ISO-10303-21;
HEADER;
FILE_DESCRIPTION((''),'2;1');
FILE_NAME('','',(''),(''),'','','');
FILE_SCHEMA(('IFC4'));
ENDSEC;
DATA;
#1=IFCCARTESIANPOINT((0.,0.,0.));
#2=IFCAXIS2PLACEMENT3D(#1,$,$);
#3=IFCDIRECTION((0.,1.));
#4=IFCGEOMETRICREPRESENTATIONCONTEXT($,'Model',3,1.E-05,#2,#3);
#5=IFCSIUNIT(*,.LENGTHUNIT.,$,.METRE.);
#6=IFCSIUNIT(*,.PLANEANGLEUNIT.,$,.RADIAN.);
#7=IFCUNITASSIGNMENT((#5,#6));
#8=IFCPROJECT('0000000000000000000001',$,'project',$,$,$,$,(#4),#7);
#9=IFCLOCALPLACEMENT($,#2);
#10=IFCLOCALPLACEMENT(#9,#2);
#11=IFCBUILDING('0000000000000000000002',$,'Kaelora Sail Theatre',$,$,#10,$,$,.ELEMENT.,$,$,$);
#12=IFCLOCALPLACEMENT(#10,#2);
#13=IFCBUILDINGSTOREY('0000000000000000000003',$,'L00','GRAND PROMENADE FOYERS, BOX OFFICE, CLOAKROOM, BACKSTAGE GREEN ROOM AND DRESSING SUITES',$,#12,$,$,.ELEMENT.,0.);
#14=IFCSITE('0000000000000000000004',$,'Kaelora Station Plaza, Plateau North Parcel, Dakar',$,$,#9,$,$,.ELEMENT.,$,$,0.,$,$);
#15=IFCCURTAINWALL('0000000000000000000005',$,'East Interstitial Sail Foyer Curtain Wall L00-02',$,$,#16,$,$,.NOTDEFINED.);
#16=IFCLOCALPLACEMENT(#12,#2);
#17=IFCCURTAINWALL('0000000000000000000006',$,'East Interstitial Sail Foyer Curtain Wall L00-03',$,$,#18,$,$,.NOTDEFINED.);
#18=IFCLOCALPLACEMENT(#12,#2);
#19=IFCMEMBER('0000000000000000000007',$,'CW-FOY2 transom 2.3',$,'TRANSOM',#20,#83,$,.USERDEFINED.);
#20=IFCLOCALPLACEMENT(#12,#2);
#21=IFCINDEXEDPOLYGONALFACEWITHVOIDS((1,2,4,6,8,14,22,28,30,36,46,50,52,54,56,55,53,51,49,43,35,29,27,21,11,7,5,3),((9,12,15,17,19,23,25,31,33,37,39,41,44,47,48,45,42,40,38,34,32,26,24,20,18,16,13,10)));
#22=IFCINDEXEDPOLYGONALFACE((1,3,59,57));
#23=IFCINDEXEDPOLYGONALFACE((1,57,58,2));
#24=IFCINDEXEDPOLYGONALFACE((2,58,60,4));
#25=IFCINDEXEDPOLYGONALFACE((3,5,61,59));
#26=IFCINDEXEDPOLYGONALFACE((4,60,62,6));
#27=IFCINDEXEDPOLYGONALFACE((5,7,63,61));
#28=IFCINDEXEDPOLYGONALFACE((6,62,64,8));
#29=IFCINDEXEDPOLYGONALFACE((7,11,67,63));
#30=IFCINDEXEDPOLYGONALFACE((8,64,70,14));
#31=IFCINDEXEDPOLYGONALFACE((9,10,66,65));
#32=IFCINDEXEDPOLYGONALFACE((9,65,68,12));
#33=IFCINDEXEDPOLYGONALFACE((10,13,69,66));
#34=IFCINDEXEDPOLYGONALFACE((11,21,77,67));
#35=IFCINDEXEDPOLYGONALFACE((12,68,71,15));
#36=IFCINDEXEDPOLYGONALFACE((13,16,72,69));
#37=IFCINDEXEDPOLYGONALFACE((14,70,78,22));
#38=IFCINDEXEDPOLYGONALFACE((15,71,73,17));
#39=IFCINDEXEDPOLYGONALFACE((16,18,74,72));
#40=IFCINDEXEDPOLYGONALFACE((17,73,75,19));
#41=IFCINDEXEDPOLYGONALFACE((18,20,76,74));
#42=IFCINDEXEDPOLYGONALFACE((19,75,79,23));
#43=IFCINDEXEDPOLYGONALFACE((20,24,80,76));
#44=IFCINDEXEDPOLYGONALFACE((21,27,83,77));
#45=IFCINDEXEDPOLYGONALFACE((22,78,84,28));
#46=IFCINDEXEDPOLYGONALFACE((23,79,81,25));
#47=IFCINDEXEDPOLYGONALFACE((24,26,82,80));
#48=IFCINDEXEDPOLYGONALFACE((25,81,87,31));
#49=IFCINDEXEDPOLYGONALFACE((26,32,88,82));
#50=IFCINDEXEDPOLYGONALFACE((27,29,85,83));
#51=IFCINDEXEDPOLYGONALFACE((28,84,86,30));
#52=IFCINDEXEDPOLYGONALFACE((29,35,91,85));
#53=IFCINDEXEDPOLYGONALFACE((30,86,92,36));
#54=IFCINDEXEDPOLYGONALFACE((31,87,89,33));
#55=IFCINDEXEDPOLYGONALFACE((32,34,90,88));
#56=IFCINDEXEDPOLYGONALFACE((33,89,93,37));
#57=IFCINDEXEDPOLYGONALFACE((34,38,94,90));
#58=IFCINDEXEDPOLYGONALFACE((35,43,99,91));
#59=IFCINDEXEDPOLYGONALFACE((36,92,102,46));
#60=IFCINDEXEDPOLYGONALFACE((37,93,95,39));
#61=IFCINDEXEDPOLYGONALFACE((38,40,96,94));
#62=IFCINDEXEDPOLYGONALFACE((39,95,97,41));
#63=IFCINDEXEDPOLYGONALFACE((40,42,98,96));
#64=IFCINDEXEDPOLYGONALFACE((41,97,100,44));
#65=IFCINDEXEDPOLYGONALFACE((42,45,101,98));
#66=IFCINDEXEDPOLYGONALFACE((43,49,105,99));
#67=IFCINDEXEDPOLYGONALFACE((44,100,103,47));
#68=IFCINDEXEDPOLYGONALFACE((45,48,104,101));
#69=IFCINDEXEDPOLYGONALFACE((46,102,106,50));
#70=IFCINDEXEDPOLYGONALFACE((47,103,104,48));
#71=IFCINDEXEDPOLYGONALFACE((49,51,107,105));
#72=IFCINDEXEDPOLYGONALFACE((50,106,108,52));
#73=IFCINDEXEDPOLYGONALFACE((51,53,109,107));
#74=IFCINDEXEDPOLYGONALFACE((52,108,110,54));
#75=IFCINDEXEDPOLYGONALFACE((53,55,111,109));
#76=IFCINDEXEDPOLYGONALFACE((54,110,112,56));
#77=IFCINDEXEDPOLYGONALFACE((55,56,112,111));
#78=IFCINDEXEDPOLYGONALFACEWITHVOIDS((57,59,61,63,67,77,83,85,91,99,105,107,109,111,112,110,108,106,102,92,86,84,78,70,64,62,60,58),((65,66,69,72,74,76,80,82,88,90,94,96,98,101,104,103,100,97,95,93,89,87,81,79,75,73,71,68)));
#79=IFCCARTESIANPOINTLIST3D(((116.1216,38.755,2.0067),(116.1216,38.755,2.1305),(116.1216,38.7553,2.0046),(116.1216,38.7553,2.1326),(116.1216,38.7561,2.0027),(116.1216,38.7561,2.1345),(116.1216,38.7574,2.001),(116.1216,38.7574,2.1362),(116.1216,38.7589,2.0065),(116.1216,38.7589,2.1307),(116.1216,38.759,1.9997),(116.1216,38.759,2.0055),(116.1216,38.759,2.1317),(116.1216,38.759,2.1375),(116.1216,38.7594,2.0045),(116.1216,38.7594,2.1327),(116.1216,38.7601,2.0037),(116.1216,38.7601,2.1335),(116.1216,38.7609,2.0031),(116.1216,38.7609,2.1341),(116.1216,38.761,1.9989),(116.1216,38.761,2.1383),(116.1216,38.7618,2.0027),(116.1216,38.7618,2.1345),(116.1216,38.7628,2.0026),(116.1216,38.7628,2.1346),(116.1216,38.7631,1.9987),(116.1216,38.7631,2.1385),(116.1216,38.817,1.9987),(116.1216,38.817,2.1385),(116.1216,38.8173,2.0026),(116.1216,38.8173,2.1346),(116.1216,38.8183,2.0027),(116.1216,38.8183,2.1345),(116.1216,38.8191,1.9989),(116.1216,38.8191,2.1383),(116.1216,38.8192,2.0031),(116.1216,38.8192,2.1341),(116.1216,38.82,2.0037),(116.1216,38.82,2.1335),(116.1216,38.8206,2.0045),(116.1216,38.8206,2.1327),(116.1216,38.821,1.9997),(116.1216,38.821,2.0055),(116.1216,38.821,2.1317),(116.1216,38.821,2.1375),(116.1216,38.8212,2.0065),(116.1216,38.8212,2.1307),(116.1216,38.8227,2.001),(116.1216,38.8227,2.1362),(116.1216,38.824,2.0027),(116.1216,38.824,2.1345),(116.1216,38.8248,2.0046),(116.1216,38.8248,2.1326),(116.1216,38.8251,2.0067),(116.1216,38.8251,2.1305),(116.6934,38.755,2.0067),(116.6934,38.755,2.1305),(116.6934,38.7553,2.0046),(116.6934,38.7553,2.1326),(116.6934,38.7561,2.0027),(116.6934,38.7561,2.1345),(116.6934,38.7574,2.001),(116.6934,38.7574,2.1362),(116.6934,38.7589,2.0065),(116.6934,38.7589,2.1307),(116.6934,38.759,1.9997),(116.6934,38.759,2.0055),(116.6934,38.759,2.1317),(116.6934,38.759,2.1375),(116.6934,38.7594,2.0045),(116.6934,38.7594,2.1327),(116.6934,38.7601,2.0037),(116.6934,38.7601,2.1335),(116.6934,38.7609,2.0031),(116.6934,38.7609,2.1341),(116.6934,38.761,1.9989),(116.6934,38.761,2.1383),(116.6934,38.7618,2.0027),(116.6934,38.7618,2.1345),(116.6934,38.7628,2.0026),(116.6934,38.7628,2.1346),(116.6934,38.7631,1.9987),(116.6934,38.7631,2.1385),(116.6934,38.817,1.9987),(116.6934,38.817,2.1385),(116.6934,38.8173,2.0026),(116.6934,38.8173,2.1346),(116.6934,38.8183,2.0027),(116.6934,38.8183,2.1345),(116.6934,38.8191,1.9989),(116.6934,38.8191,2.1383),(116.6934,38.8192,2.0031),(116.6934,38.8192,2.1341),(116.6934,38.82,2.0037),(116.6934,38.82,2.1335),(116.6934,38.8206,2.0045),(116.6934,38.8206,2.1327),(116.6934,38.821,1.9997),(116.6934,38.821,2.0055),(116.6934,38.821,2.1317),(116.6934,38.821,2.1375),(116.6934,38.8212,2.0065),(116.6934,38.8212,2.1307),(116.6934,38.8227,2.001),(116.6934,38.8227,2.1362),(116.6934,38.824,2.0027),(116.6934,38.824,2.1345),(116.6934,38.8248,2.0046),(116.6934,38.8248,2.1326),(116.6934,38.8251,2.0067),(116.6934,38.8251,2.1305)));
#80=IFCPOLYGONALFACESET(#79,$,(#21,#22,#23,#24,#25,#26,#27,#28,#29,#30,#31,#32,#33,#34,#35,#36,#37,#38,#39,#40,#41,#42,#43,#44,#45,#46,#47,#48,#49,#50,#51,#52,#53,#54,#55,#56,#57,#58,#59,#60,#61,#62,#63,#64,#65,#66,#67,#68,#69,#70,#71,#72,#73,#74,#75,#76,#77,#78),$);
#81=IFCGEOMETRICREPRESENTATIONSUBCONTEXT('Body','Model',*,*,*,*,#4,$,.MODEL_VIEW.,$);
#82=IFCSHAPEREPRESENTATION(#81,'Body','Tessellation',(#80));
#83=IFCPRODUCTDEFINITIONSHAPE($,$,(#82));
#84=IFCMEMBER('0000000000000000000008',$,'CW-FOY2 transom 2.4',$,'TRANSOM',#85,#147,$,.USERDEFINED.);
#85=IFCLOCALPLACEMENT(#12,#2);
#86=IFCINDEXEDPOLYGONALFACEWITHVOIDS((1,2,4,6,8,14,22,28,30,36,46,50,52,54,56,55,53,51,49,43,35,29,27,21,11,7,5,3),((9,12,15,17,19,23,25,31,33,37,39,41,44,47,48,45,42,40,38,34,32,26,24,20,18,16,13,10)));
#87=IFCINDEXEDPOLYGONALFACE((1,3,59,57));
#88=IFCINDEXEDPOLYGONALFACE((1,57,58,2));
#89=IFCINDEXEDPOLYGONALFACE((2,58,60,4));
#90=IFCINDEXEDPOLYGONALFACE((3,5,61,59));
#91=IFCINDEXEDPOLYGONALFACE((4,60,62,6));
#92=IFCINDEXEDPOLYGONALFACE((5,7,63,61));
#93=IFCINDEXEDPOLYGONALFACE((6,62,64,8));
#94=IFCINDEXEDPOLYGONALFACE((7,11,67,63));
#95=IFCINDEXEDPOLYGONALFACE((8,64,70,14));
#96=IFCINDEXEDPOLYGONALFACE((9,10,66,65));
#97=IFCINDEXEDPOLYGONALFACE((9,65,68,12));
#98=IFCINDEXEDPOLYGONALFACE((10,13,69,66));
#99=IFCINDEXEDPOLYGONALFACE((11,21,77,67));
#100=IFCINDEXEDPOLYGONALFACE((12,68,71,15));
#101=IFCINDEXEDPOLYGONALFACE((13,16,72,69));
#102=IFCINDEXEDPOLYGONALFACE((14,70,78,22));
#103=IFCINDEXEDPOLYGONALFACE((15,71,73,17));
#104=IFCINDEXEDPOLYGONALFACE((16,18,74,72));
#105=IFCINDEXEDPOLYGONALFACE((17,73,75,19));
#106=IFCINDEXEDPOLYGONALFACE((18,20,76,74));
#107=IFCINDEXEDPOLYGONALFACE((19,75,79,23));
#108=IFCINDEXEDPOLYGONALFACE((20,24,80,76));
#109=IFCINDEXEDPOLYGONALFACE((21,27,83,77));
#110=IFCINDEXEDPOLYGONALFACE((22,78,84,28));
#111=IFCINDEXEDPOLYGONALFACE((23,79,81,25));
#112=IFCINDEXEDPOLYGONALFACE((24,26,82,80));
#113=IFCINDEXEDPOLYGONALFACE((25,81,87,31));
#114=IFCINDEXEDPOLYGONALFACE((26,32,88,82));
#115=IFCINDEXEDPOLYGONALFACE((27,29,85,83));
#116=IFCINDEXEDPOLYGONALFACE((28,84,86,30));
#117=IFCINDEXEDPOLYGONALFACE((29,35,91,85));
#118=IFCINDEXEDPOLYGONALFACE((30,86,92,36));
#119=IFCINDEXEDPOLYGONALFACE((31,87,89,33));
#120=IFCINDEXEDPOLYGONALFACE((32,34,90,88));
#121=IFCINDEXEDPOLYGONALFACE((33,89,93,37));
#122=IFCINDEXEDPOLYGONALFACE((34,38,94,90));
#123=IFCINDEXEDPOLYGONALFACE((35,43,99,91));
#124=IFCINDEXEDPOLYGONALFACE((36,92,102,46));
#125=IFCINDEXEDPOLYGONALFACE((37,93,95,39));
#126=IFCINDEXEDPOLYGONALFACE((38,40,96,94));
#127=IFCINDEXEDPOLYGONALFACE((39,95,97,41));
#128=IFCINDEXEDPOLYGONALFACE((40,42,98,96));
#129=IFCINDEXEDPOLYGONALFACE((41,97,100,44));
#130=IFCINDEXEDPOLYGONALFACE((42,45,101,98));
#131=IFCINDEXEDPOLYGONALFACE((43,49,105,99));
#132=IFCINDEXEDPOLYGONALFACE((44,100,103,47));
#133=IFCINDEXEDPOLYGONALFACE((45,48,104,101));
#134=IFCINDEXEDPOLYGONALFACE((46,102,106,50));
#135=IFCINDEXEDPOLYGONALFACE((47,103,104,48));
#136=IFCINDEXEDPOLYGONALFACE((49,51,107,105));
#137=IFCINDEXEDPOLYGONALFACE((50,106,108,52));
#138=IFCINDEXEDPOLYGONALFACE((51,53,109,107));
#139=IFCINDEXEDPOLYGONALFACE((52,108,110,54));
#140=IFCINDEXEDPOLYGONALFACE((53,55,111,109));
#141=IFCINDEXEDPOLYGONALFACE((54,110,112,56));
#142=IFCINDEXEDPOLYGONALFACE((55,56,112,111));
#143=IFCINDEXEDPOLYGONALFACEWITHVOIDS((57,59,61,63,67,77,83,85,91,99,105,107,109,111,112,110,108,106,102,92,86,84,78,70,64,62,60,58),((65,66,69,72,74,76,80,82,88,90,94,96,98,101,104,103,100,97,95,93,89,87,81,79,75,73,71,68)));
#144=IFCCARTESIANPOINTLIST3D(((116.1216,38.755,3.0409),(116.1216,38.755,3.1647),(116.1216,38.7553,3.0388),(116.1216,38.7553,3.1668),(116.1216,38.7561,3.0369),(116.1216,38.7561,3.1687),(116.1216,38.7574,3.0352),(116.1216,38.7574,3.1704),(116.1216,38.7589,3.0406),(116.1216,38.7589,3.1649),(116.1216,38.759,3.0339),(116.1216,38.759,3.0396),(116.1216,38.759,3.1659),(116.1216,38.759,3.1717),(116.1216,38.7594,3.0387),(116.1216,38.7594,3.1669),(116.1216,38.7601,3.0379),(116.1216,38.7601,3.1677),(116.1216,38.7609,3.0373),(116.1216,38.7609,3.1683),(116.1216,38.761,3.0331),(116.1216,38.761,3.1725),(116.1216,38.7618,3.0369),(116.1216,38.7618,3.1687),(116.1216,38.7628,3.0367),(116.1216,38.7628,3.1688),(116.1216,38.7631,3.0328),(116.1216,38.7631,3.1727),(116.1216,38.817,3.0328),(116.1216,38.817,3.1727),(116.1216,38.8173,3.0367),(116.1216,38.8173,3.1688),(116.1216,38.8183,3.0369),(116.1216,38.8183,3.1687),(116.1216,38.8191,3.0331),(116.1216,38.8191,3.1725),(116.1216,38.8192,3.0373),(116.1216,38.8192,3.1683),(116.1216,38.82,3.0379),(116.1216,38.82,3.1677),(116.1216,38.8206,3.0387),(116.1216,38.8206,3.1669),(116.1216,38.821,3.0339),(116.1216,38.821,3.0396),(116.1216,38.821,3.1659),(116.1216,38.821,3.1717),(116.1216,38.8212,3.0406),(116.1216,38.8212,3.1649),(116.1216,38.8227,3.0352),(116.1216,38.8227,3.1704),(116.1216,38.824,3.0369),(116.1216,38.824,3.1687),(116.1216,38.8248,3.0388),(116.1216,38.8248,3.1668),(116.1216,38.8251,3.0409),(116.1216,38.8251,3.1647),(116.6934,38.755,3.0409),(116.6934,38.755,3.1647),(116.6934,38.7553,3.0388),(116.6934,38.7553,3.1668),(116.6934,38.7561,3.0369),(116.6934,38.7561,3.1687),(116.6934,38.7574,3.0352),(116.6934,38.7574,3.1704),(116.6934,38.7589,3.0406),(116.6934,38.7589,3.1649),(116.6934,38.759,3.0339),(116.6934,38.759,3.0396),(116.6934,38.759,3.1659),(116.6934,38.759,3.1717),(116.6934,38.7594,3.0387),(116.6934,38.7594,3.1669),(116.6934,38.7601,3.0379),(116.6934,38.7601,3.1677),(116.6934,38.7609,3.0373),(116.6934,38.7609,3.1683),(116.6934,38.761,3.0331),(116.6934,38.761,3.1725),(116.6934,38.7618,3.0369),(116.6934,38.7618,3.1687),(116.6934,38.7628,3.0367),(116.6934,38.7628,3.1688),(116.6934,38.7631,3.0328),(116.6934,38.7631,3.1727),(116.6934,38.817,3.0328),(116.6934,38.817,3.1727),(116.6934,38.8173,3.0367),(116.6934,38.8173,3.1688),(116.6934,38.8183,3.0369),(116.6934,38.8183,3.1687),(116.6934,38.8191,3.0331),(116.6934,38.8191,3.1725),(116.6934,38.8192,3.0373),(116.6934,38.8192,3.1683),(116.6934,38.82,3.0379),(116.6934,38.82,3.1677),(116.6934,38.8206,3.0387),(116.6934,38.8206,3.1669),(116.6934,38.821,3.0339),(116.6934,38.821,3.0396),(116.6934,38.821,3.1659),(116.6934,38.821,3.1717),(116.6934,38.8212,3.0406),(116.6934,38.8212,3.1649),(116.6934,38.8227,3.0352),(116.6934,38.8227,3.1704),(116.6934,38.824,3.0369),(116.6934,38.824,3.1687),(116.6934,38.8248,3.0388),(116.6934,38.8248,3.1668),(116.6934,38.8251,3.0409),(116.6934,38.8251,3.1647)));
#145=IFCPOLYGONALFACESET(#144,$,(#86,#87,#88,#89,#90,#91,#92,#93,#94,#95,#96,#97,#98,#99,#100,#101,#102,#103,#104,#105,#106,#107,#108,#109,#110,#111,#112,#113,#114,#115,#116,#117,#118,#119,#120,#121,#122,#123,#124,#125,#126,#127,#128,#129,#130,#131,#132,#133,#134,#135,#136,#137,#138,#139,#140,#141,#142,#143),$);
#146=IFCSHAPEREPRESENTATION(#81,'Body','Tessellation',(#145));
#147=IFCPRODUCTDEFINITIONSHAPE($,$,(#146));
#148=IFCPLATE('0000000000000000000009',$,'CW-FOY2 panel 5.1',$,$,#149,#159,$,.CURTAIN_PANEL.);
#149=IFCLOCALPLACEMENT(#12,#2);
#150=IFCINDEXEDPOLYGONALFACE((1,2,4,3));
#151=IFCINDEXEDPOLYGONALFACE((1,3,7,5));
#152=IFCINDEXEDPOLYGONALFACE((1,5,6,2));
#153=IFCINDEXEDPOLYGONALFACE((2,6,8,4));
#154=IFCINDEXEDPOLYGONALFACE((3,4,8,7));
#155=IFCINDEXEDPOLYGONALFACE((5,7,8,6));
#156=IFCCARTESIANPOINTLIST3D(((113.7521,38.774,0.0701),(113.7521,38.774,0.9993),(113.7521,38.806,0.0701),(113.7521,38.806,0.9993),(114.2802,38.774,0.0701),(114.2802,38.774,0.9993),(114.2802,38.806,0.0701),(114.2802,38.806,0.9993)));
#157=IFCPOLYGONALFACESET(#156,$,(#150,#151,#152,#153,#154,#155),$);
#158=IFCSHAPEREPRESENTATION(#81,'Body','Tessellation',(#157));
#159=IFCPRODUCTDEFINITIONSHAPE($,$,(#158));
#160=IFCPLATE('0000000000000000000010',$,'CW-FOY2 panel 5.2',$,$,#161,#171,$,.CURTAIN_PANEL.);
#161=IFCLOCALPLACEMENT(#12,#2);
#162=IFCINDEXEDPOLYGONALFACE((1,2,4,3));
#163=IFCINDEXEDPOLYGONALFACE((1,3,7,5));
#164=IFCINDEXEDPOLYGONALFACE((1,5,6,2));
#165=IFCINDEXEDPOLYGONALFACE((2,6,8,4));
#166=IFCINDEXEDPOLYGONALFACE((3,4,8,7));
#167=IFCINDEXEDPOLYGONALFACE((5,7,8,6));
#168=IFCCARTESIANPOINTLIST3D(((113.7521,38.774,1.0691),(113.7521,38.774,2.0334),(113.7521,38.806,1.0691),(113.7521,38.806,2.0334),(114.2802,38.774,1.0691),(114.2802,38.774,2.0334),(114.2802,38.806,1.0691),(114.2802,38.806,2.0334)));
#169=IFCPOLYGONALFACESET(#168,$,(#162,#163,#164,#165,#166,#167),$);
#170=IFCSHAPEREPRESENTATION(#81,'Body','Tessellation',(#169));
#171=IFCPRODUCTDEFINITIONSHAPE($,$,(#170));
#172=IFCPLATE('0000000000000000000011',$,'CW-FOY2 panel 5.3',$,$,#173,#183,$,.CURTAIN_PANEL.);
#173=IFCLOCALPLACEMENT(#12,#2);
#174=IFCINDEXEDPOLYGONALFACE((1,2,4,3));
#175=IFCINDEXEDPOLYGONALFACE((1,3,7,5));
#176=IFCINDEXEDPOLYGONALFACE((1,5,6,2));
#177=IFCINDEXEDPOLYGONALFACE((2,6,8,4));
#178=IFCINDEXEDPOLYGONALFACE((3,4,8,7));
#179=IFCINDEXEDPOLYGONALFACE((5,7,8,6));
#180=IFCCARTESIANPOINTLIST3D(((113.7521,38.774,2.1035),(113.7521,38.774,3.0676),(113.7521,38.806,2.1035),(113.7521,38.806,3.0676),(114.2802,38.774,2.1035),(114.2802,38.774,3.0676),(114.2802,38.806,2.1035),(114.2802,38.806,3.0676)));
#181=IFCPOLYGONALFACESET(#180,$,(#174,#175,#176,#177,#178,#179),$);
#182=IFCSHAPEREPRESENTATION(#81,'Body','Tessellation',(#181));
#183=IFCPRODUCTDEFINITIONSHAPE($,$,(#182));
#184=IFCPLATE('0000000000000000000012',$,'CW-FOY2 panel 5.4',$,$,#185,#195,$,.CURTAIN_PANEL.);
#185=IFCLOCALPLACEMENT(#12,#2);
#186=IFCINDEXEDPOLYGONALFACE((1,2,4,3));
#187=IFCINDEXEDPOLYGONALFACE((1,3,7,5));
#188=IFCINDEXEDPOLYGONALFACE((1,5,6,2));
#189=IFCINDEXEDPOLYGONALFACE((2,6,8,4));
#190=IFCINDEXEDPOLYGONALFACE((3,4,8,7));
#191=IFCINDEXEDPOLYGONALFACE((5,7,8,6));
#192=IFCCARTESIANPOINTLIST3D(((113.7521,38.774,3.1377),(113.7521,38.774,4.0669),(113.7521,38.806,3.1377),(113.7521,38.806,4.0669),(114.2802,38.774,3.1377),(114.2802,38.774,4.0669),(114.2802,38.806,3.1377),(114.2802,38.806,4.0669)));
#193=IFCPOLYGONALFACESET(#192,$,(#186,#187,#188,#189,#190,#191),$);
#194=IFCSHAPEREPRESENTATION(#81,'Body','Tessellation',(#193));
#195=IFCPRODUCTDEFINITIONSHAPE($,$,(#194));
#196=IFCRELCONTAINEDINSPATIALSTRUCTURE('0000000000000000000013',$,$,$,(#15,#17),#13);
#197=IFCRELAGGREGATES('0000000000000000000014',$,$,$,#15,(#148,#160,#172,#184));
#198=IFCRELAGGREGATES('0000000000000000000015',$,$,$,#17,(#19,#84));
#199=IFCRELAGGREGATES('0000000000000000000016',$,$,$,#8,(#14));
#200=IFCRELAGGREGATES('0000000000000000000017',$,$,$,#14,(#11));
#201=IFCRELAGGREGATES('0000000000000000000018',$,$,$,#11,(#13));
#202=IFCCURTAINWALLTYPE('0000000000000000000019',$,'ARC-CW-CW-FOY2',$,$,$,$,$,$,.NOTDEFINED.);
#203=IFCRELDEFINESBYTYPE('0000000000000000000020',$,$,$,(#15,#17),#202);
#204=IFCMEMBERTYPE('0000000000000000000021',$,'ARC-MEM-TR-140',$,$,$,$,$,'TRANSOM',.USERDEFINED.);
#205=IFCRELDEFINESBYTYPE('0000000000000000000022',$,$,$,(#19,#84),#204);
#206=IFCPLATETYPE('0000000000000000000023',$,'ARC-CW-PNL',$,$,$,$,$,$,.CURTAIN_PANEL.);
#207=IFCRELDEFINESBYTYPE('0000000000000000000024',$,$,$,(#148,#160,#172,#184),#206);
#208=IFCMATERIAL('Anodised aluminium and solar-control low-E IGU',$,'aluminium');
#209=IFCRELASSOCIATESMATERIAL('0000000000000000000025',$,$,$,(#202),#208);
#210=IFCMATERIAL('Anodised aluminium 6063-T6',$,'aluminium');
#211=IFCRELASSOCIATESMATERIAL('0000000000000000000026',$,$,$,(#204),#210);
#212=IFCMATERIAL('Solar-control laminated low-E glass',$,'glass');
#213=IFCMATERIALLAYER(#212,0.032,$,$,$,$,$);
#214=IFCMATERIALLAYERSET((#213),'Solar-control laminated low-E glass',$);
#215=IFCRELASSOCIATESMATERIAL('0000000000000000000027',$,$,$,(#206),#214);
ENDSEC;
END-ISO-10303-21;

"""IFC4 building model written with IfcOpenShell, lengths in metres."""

from ifc_helpers import new_model, si_unit, direction, frame, origin, origin_2d, place, context, subcontext, project, spatial, rectangle, hollow_rectangle, extrude, material, layer, layer_set, material_profile, profile_set, type_object, element, aggregate, save


model = new_model("IFC4")

# Units and contexts
model_context = context("Model", 3, precision=1e-05, world=origin(), true_north=direction((0.0, 1.0)))
body_context = subcontext(model_context, "Body", "Model", "MODEL_VIEW")
ifc_project = project(units=[si_unit("LENGTHUNIT", "METRE"), si_unit("PLANEANGLEUNIT", "RADIAN")], contexts=[model_context])

# Site, building, storey
site_placement = place(None, origin())
site = spatial("IfcSite", under=ifc_project, at=site_placement, Name="Kaelora Station Plaza, Plateau North Parcel, Dakar", CompositionType="ELEMENT", RefElevation=0.0)
building_placement = place(site_placement, origin())
building = spatial("IfcBuilding", under=site, at=building_placement, Name="Kaelora Sail Theatre", CompositionType="ELEMENT")
storey_placement = place(building_placement, origin())
storey = spatial("IfcBuildingStorey", under=building, at=storey_placement, Name="L00", Description="GRAND PROMENADE FOYERS, BOX OFFICE, CLOAKROOM, BACKSTAGE GREEN ROOM AND DRESSING SUITES", CompositionType="ELEMENT", Elevation=0.0)

# Curtain wall
ifc_material_1 = material(Name="Anodised aluminium and solar-control low-E IGU", Category="aluminium")
curtain_wall_type = type_object("IfcCurtainWallType", Name="ARC-CW-CW-FOY2", PredefinedType="NOTDEFINED", material=ifc_material_1)
curtain_wall_1_placement = place(storey_placement, origin())
curtain_wall_1 = element("IfcCurtainWall", 1, at=curtain_wall_1_placement, inside=storey, type_object=curtain_wall_type, Name="East Interstitial Sail Foyer Curtain Wall L00-02", PredefinedType="NOTDEFINED")

# Curtain wall, members
curtain_wall_2_placement = place(storey_placement, origin())
curtain_wall_2 = element("IfcCurtainWall", 2, at=curtain_wall_2_placement, inside=storey, type_object=curtain_wall_type, Name="East Interstitial Sail Foyer Curtain Wall L00-03", PredefinedType="NOTDEFINED")
ifc_material_2 = material(Name="Anodised aluminium 6063-T6", Category="aluminium")
ifc_material_profile_1 = material_profile(ifc_material_2, hollow_rectangle(XDim=0.0701, YDim=0.1399, WallThickness=0.0039, InnerFilletRadius=0.0039, OuterFilletRadius=0.0081, at=origin_2d()), Name="ALU-TRAN 70x140x4")
ifc_profile_set_1 = profile_set([ifc_material_profile_1], Name="Anodised aluminium 6063-T6")
member_type_1 = type_object("IfcMemberType", Name="ARC-MEM-TR-140", ElementType="TRANSOM", PredefinedType="USERDEFINED", material=ifc_profile_set_1)
member_1_placement = place(storey_placement, frame((116.1216, 38.79, 2.0686), z_axis=(1.0, 0.0, 0.0), x_axis=(0.0, 1.0, 0.0)))
member_1 = element("IfcMember", 3, at=member_1_placement, type_object=member_type_1, Name="CW-FOY2 transom 2.3", ObjectType="TRANSOM", PredefinedType="USERDEFINED", context=body_context, shape_type="SweptSolid", body=[
    extrude(hollow_rectangle(XDim=0.0701, YDim=0.1399, WallThickness=0.0039, InnerFilletRadius=0.0039, OuterFilletRadius=0.0081, at=origin_2d()), origin(), (0.0, 0.0, 1.0), 0.5718),
])
member_2_placement = place(storey_placement, frame((116.1216, 38.79, 3.1028), z_axis=(1.0, 0.0, 0.0), x_axis=(0.0, 1.0, 0.0)))
member_2 = element("IfcMember", 4, at=member_2_placement, type_object=member_type_1, Name="CW-FOY2 transom 2.4", ObjectType="TRANSOM", PredefinedType="USERDEFINED", context=body_context, shape_type="SweptSolid", body=[
    extrude(hollow_rectangle(XDim=0.0701, YDim=0.1399, WallThickness=0.0039, InnerFilletRadius=0.0039, OuterFilletRadius=0.0081, at=origin_2d()), origin(), (0.0, 0.0, 1.0), 0.5718),
])

# Plates
ifc_material_3 = material(Name="Solar-control laminated low-E glass", Category="glass")
ifc_layer = layer(ifc_material_3, 0.032)
ifc_layer_set = layer_set([ifc_layer], Name="Solar-control laminated low-E glass")
plate_type = type_object("IfcPlateType", Name="ARC-CW-PNL", PredefinedType="CURTAIN_PANEL", material=ifc_layer_set)
plate_1_placement = place(storey_placement, frame((114.0161, 38.79, 0.0701), z_axis=(0.0, 0.0, 1.0), x_axis=(1.0, 0.0, 0.0)))
plate_1 = element("IfcPlate", 5, at=plate_1_placement, type_object=plate_type, Name="CW-FOY2 panel 5.1", PredefinedType="CURTAIN_PANEL", context=body_context, shape_type="SweptSolid", body=[
    extrude(rectangle(XDim=0.5281, YDim=0.032, at=origin_2d()), origin(), (0.0, 0.0, 1.0), 0.9292),
])
plate_2_placement = place(storey_placement, frame((114.0161, 38.79, 1.0691), z_axis=(0.0, 0.0, 1.0), x_axis=(1.0, 0.0, 0.0)))
plate_2 = element("IfcPlate", 6, at=plate_2_placement, type_object=plate_type, Name="CW-FOY2 panel 5.2", PredefinedType="CURTAIN_PANEL", context=body_context, shape_type="SweptSolid", body=[
    extrude(rectangle(XDim=0.5281, YDim=0.032, at=origin_2d()), origin(), (0.0, 0.0, 1.0), 0.9644),
])
plate_3_placement = place(storey_placement, frame((114.0161, 38.79, 2.1035), z_axis=(0.0, 0.0, 1.0), x_axis=(1.0, 0.0, 0.0)))
plate_3 = element("IfcPlate", 7, at=plate_3_placement, type_object=plate_type, Name="CW-FOY2 panel 5.3", PredefinedType="CURTAIN_PANEL", context=body_context, shape_type="SweptSolid", body=[
    extrude(rectangle(XDim=0.5281, YDim=0.032, at=origin_2d()), origin(), (0.0, 0.0, 1.0), 0.9641),
])
plate_4_placement = place(storey_placement, frame((114.0161, 38.79, 3.1377), z_axis=(0.0, 0.0, 1.0), x_axis=(1.0, 0.0, 0.0)))
plate_4 = element("IfcPlate", 8, at=plate_4_placement, type_object=plate_type, Name="CW-FOY2 panel 5.4", PredefinedType="CURTAIN_PANEL", context=body_context, shape_type="SweptSolid", body=[
    extrude(rectangle(XDim=0.5281, YDim=0.032, at=origin_2d()), origin(), (0.0, 0.0, 1.0), 0.9292),
])
aggregate(curtain_wall_1, [plate_1, plate_2, plate_3, plate_4])
aggregate(curtain_wall_2, [member_1, member_2])

save(model, "model.ifc")
